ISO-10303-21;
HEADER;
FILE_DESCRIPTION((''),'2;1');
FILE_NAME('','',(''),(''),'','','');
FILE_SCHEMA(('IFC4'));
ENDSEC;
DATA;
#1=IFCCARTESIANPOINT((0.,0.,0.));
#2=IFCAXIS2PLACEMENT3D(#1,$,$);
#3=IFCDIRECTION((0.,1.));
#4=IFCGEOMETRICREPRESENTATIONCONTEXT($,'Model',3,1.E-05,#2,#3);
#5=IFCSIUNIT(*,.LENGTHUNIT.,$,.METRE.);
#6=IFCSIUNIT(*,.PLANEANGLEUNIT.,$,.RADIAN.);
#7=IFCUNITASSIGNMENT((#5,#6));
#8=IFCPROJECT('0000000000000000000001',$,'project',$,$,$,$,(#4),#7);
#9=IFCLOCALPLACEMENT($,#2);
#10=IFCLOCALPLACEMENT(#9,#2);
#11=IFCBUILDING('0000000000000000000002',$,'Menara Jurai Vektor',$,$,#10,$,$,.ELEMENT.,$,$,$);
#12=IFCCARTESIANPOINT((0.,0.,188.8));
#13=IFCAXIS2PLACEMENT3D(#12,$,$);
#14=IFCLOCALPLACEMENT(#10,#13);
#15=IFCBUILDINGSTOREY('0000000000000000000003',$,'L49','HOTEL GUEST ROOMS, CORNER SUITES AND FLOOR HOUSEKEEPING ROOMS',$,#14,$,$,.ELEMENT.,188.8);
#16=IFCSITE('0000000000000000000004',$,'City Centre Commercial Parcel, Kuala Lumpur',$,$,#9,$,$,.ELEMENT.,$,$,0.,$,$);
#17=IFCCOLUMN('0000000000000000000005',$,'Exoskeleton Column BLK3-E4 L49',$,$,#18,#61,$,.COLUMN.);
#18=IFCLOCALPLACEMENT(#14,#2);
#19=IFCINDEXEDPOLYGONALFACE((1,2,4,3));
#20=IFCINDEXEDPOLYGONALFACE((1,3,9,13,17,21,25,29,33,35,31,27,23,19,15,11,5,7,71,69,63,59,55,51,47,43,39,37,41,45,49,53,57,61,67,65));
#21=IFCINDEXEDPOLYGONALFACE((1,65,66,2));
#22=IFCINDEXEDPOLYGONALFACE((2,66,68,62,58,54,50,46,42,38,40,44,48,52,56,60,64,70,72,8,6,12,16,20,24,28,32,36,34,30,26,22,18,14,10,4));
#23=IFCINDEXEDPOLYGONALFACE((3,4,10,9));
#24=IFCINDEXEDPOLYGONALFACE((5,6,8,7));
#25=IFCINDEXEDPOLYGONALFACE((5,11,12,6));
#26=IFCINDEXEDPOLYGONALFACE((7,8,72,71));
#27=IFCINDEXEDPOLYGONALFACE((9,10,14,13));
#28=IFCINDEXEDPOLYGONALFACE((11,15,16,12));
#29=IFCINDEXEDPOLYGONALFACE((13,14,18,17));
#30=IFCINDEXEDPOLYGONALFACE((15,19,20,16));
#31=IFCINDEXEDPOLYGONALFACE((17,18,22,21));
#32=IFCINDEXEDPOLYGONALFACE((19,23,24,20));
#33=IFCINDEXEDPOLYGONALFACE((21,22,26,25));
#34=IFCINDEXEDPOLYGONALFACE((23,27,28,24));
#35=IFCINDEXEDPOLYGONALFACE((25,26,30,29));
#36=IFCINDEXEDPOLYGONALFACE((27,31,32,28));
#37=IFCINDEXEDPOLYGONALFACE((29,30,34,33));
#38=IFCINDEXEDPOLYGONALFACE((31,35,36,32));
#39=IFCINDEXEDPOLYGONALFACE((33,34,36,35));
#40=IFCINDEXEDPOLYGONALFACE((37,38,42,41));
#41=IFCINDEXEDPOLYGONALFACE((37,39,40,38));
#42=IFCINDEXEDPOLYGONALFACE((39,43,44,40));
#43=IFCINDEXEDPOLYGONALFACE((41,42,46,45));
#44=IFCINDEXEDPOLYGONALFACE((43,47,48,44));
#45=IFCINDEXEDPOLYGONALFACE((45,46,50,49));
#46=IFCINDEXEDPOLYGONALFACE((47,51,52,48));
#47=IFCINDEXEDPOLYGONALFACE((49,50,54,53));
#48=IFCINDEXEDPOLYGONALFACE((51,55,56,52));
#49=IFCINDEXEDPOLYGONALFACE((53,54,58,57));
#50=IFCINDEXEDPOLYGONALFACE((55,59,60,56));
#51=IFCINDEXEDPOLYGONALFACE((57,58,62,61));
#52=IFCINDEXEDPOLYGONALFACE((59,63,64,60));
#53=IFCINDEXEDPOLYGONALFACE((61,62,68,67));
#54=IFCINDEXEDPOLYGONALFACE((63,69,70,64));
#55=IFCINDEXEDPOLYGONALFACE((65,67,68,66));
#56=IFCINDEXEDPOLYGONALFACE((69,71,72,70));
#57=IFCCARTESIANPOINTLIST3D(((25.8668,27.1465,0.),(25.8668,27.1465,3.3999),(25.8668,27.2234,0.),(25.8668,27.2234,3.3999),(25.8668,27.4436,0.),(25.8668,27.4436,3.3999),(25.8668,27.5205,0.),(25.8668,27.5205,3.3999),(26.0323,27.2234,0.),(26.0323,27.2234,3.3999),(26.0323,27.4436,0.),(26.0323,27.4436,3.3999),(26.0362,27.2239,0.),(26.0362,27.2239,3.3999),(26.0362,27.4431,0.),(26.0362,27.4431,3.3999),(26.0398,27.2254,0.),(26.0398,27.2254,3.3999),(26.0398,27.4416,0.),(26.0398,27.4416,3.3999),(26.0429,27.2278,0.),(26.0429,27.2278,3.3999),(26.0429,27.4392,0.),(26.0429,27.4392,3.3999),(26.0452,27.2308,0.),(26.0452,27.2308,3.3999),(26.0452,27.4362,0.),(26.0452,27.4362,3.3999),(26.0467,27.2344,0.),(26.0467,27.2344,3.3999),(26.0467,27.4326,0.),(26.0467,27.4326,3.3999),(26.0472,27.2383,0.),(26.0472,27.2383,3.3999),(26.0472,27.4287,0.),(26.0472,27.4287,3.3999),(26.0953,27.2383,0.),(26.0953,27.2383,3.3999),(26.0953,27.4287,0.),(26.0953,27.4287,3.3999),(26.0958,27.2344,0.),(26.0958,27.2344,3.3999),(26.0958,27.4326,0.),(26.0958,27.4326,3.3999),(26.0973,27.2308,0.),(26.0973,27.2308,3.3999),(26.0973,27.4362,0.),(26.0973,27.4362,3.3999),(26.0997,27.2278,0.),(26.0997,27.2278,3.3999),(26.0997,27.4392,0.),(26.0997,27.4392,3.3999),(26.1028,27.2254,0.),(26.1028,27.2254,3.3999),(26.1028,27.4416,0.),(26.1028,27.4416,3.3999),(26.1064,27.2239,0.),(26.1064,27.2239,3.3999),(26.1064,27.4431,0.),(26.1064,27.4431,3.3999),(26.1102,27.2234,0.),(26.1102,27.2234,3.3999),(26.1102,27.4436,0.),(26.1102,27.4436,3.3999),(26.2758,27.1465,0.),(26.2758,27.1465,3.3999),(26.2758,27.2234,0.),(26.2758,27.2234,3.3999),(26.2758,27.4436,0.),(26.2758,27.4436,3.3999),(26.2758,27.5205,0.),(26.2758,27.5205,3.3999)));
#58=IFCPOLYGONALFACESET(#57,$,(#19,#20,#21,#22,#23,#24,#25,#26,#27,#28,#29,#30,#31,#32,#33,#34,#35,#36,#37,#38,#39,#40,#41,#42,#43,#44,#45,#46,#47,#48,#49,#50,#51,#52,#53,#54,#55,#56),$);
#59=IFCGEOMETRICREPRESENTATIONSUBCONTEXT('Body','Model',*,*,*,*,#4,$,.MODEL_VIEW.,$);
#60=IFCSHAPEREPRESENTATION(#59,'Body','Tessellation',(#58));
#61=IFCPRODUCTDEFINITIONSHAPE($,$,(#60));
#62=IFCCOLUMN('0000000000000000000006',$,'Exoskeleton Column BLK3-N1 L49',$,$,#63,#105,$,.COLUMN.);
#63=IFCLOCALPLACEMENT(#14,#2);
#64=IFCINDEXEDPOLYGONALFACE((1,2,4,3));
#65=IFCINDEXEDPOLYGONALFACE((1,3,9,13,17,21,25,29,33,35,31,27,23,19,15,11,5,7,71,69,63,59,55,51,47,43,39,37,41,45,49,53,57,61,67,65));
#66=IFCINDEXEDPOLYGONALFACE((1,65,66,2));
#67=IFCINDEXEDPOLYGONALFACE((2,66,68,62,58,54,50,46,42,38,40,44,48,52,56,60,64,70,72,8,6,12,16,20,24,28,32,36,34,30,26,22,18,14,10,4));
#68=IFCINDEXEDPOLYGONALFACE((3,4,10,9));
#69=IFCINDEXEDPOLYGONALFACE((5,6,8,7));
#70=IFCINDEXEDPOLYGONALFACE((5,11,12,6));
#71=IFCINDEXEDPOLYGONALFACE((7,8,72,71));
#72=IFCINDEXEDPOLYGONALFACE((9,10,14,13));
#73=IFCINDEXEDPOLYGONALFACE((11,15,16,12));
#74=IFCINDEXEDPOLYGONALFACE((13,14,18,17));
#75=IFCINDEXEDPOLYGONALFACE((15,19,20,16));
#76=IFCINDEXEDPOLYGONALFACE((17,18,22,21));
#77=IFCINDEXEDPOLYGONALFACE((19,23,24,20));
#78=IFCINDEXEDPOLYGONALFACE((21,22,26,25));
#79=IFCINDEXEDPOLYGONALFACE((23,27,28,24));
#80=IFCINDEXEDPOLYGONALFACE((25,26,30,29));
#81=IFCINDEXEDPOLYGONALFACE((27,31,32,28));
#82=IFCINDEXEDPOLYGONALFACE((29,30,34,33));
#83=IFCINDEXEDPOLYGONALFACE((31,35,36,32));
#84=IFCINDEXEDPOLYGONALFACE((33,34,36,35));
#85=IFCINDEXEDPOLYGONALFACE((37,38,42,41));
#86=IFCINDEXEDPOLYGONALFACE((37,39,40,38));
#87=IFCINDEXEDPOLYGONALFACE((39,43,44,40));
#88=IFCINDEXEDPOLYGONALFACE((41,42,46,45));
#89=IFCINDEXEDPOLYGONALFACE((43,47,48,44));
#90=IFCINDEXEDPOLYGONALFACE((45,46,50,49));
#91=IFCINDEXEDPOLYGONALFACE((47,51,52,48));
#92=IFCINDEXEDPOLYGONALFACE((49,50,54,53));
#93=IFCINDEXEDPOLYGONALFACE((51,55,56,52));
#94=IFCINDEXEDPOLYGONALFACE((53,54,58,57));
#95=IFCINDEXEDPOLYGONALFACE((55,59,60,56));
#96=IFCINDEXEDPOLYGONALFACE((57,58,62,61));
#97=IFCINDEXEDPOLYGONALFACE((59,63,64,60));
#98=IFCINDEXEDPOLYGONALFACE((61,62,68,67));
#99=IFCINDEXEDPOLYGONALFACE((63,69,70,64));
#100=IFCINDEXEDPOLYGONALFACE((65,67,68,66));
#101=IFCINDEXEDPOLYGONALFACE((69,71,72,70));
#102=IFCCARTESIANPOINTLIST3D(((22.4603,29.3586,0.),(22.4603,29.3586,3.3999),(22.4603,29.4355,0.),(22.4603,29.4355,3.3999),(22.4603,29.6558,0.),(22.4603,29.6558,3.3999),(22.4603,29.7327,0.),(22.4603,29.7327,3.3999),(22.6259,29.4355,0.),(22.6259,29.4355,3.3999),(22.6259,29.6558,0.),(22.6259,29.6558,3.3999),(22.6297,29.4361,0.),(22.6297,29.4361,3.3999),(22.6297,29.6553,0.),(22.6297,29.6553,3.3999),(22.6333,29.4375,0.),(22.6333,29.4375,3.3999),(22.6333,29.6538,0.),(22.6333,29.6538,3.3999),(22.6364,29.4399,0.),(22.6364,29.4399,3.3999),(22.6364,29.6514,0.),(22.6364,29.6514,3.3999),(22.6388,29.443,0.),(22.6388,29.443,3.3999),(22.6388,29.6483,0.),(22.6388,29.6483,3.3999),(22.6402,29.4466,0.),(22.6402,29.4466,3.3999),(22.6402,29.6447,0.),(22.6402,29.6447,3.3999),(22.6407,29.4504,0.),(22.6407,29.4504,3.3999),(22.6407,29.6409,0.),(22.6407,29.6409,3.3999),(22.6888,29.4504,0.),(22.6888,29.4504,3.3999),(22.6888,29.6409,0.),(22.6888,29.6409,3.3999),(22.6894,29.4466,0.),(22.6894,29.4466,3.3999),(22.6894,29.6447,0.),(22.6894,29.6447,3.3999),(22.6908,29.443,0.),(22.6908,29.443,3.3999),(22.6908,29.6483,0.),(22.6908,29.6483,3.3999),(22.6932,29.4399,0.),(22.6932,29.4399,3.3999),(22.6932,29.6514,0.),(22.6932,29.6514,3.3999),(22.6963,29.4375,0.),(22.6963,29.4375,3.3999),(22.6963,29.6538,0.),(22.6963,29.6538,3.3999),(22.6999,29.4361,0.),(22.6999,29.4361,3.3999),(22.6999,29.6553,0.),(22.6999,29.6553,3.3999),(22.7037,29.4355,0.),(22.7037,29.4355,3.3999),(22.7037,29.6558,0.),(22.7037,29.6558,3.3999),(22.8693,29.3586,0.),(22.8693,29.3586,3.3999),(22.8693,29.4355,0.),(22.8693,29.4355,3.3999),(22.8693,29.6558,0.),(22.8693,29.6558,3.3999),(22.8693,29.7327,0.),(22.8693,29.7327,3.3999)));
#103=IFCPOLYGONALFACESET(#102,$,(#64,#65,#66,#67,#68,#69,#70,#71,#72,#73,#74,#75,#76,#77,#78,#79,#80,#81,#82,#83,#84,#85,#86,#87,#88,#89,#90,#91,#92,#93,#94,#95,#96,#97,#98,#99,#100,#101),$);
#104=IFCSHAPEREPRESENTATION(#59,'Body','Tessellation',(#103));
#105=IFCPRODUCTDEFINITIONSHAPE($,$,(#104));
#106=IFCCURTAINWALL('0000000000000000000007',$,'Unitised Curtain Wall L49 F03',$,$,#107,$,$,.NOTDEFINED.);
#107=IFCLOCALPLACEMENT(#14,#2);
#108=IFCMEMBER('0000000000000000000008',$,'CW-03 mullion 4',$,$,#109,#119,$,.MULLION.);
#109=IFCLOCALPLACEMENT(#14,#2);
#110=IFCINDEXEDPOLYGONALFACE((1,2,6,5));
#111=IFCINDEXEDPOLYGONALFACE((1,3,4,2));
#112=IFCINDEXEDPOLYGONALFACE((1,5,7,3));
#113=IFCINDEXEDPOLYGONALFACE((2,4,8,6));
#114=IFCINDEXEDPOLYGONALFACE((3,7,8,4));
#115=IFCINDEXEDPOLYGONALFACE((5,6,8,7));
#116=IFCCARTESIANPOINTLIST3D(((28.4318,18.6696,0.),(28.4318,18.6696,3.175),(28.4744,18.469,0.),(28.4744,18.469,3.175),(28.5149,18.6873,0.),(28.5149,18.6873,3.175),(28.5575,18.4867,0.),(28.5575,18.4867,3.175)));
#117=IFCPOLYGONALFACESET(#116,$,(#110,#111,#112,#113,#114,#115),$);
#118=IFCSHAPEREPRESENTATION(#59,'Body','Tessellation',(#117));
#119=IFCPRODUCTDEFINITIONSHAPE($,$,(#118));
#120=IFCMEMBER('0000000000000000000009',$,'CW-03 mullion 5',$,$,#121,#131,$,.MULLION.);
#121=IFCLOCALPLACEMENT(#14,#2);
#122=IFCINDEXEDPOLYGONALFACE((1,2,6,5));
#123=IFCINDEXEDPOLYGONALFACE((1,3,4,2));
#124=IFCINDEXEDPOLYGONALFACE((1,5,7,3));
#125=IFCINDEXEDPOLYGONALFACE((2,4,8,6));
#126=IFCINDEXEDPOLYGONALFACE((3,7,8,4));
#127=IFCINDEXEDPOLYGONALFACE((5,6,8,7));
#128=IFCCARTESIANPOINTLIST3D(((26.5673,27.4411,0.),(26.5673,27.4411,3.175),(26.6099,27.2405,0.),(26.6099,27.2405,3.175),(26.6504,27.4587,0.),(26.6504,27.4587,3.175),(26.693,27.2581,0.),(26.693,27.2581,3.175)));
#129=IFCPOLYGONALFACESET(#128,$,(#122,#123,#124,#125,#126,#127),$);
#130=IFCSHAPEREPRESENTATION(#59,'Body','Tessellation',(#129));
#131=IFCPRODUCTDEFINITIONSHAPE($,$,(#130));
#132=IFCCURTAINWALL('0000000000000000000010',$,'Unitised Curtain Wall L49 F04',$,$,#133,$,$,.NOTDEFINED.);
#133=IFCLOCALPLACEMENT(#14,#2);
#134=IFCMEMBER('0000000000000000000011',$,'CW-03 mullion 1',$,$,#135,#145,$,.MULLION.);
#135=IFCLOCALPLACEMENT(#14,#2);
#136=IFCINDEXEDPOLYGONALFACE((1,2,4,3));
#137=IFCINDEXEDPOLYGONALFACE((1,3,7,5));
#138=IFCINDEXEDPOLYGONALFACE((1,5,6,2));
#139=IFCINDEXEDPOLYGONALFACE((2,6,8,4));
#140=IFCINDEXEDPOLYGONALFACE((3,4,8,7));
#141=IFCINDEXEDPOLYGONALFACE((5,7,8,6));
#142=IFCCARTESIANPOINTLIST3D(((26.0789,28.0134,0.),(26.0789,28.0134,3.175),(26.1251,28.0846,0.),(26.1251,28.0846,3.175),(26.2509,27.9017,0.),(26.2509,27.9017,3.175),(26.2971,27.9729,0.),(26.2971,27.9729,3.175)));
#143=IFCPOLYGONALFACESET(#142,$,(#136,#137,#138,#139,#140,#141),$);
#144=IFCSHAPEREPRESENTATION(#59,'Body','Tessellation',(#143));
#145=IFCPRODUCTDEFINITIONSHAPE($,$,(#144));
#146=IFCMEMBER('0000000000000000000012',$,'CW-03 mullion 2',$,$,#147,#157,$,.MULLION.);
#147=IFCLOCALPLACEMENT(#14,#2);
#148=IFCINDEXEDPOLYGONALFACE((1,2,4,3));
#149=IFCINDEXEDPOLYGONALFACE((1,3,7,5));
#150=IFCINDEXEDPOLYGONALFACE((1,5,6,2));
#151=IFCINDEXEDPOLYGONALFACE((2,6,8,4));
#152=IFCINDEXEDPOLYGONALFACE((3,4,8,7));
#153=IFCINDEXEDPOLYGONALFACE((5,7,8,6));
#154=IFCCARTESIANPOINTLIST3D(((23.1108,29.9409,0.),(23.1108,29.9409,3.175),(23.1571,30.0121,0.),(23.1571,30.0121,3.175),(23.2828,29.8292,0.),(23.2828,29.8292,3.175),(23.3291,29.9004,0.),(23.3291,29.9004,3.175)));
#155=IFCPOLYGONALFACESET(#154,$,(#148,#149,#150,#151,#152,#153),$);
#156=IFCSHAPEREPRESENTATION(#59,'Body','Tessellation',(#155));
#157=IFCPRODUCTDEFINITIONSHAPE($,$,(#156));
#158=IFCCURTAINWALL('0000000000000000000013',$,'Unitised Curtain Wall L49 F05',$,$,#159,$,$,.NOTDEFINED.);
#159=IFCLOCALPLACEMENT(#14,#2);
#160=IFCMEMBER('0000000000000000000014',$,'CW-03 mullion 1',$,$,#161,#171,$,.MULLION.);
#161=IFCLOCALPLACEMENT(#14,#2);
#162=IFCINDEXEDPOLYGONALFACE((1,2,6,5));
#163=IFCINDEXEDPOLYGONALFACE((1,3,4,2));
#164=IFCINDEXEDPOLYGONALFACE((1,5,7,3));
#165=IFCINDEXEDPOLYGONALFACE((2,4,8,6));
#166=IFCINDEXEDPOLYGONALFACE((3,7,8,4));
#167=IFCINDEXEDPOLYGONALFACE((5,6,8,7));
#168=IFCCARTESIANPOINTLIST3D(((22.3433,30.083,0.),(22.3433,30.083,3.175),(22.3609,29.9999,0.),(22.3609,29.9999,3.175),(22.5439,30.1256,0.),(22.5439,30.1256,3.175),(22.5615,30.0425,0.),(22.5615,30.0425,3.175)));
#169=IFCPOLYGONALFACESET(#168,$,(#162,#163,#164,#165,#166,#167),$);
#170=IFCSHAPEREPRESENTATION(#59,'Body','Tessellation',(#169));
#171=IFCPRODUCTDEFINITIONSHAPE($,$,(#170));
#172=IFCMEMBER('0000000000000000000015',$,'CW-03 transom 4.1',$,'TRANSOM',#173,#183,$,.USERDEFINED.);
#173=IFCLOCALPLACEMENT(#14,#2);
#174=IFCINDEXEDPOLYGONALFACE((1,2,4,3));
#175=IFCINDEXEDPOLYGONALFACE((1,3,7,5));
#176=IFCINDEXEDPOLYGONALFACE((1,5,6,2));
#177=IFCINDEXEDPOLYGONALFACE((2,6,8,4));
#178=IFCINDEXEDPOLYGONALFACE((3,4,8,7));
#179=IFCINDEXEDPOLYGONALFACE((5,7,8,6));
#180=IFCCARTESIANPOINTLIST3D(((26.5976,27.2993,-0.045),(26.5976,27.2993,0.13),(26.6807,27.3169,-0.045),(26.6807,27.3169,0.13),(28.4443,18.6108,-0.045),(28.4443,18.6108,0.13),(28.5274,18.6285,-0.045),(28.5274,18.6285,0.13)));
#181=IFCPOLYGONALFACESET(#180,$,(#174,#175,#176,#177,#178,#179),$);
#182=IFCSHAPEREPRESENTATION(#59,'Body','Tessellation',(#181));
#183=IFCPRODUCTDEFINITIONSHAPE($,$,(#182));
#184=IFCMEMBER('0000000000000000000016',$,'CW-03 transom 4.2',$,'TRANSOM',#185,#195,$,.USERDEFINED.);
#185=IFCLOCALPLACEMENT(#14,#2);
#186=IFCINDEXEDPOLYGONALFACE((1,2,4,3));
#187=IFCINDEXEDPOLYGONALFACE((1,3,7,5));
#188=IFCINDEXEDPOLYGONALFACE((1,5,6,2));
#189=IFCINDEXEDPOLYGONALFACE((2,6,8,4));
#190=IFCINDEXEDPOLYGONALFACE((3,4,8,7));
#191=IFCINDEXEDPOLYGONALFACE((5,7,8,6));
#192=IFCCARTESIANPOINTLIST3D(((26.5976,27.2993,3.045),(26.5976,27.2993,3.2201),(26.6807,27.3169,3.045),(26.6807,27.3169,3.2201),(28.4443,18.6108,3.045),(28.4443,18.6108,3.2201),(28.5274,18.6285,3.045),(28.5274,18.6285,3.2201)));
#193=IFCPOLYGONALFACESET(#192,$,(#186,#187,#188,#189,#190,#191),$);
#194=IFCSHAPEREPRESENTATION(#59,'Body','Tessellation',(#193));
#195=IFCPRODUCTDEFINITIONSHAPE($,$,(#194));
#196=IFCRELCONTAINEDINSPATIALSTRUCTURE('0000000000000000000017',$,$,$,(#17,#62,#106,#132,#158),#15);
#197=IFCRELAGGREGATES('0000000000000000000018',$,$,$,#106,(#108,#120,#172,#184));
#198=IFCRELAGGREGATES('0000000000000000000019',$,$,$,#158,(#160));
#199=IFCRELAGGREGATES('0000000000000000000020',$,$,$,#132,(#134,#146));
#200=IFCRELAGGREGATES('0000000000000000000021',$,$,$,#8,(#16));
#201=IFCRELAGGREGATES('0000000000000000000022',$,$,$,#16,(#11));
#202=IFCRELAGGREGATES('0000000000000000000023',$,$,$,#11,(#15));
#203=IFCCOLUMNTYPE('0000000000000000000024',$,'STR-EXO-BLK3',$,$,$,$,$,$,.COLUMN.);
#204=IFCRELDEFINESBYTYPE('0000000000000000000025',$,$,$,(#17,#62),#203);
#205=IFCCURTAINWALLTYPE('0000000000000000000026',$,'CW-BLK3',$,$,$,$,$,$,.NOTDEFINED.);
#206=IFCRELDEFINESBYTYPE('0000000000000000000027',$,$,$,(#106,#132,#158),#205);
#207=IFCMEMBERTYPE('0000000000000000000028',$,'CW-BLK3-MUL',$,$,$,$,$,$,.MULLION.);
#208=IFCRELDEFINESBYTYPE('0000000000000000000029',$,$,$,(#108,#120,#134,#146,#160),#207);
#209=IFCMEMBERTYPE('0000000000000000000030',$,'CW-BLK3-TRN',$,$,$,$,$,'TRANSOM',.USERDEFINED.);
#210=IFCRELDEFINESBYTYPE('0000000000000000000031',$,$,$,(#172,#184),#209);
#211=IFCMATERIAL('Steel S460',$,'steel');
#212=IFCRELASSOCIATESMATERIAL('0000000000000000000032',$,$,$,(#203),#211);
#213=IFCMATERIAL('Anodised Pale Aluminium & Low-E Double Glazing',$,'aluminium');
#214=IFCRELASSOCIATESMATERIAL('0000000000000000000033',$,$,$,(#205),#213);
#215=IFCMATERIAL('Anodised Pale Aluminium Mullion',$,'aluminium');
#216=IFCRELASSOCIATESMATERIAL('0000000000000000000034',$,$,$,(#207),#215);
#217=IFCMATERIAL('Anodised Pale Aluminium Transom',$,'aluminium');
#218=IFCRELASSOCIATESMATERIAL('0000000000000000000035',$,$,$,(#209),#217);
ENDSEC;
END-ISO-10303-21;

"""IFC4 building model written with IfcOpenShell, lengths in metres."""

from ifc_helpers import new_model, si_unit, direction, frame, origin, origin_2d, place, context, subcontext, project, spatial, rectangle, i_section, extrude, material, material_profile, profile_set, type_object, element, aggregate, save


model = new_model("IFC4")

# Units and contexts
model_context = context("Model", 3, precision=1e-05, world=origin(), true_north=direction((0.0, 1.0)))
body_context = subcontext(model_context, "Body", "Model", "MODEL_VIEW")
ifc_project = project(units=[si_unit("LENGTHUNIT", "METRE"), si_unit("PLANEANGLEUNIT", "RADIAN")], contexts=[model_context])

# Site, building, storey
site_placement = place(None, origin())
site = spatial("IfcSite", under=ifc_project, at=site_placement, Name="City Centre Commercial Parcel, Kuala Lumpur", CompositionType="ELEMENT", RefElevation=0.0)
building_placement = place(site_placement, origin())
building = spatial("IfcBuilding", under=site, at=building_placement, Name="Menara Jurai Vektor", CompositionType="ELEMENT")
storey_placement = place(building_placement, frame((0.0, 0.0, 188.8)))
storey = spatial("IfcBuildingStorey", under=building, at=storey_placement, Name="L49", Description="HOTEL GUEST ROOMS, CORNER SUITES AND FLOOR HOUSEKEEPING ROOMS", CompositionType="ELEMENT", Elevation=188.8)

# Columns
ifc_material_1 = material(Name="Steel S460", Category="steel")
ifc_material_profile_1 = material_profile(ifc_material_1, i_section(OverallWidth=0.4089, OverallDepth=0.374, WebThickness=0.0481, FlangeThickness=0.0769, FilletRadius=0.0149, at=origin_2d()), Name="HD 400x634")
ifc_profile_set_1 = profile_set([ifc_material_profile_1], Name="Steel S460")
column_type = type_object("IfcColumnType", Name="STR-EXO-BLK3", PredefinedType="COLUMN", material=ifc_profile_set_1)
for number, where, z_axis, x_axis, name in (
    (1, (26.0713, 27.3335, 0.0), (0.0, 0.0, 1.0), (1.0, 0.0, 0.0), "Exoskeleton Column BLK3-E4 L49"),
    (2, (22.6648, 29.5457, 0.0), (0.0, 0.0, 1.0), (1.0, 0.0, 0.0), "Exoskeleton Column BLK3-N1 L49"),
):
    element("IfcColumn", number, at=place(storey_placement, frame(where, z_axis=z_axis, x_axis=x_axis)), inside=storey, type_object=column_type, Name=name, PredefinedType="COLUMN", context=body_context, shape_type="SweptSolid", body=[
        extrude(i_section(OverallWidth=0.4089, OverallDepth=0.374, WebThickness=0.0481, FlangeThickness=0.0769, FilletRadius=0.0149, at=origin_2d()), origin(), (0.0, 0.0, 1.0), 3.3999),
    ])

# Curtain walls, members
ifc_material_2 = material(Name="Anodised Pale Aluminium & Low-E Double Glazing", Category="aluminium")
curtain_wall_type = type_object("IfcCurtainWallType", Name="CW-BLK3", PredefinedType="NOTDEFINED", material=ifc_material_2)
curtain_wall_1_placement = place(storey_placement, origin())
curtain_wall_1 = element("IfcCurtainWall", 3, at=curtain_wall_1_placement, inside=storey, type_object=curtain_wall_type, Name="Unitised Curtain Wall L49 F03", PredefinedType="NOTDEFINED")
ifc_material_3 = material(Name="Anodised Pale Aluminium Mullion", Category="aluminium")
ifc_material_profile_2 = material_profile(ifc_material_3, rectangle(XDim=0.085, YDim=0.2051, at=origin_2d()), Name="ALU MUL 85x205")
ifc_profile_set_2 = profile_set([ifc_material_profile_2], Name="Anodised Pale Aluminium Mullion")
member_type_1 = type_object("IfcMemberType", Name="CW-BLK3-MUL", PredefinedType="MULLION", material=ifc_profile_set_2)
member_1_placement = place(storey_placement, frame((28.4946, 18.5781, 0.0), z_axis=(0.0, 0.0, 1.0), x_axis=(-0.978148, -0.20791, 0.0)))
member_1 = element("IfcMember", 4, at=member_1_placement, type_object=member_type_1, Name="CW-03 mullion 4", PredefinedType="MULLION", context=body_context, shape_type="SweptSolid", body=[
    extrude(rectangle(XDim=0.085, YDim=0.2051, at=origin_2d()), origin(), (0.0, 0.0, 1.0), 3.175),
])
member_2_placement = place(storey_placement, frame((26.6301, 27.3496, 0.0), z_axis=(0.0, 0.0, 1.0), x_axis=(-0.978148, -0.20791, 0.0)))
member_2 = element("IfcMember", 5, at=member_2_placement, type_object=member_type_1, Name="CW-03 mullion 5", PredefinedType="MULLION", context=body_context, shape_type="SweptSolid", body=[
    extrude(rectangle(XDim=0.085, YDim=0.2051, at=origin_2d()), origin(), (0.0, 0.0, 1.0), 3.175),
])
curtain_wall_2_placement = place(storey_placement, origin())
curtain_wall_2 = element("IfcCurtainWall", 6, at=curtain_wall_2_placement, inside=storey, type_object=curtain_wall_type, Name="Unitised Curtain Wall L49 F04", PredefinedType="NOTDEFINED")
member_3_placement = place(storey_placement, frame((26.188, 27.9932, 0.0), z_axis=(0.0, 0.0, 1.0), x_axis=(-0.544618, -0.838684, 0.0)))
member_3 = element("IfcMember", 7, at=member_3_placement, type_object=member_type_1, Name="CW-03 mullion 1", PredefinedType="MULLION", context=body_context, shape_type="SweptSolid", body=[
    extrude(rectangle(XDim=0.085, YDim=0.2051, at=origin_2d()), origin(), (0.0, 0.0, 1.0), 3.175),
])
member_4_placement = place(storey_placement, frame((23.22, 29.9207, 0.0), z_axis=(0.0, 0.0, 1.0), x_axis=(-0.544618, -0.838684, 0.0)))
member_4 = element("IfcMember", 8, at=member_4_placement, type_object=member_type_1, Name="CW-03 mullion 2", PredefinedType="MULLION", context=body_context, shape_type="SweptSolid", body=[
    extrude(rectangle(XDim=0.085, YDim=0.2051, at=origin_2d()), origin(), (0.0, 0.0, 1.0), 3.175),
])

# Curtain wall, member
curtain_wall_3_placement = place(storey_placement, origin())
curtain_wall_3 = element("IfcCurtainWall", 9, at=curtain_wall_3_placement, inside=storey, type_object=curtain_wall_type, Name="Unitised Curtain Wall L49 F05", PredefinedType="NOTDEFINED")
member_5_placement = place(storey_placement, frame((22.4524, 30.0627, 0.0), z_axis=(0.0, 0.0, 1.0), x_axis=(0.207911, -0.978148, 0.0)))
member_5 = element("IfcMember", 10, at=member_5_placement, type_object=member_type_1, Name="CW-03 mullion 1", PredefinedType="MULLION", context=body_context, shape_type="SweptSolid", body=[
    extrude(rectangle(XDim=0.085, YDim=0.2051, at=origin_2d()), origin(), (0.0, 0.0, 1.0), 3.175),
])

# Members
ifc_material_4 = material(Name="Anodised Pale Aluminium Transom", Category="aluminium")
ifc_material_profile_3 = material_profile(ifc_material_4, rectangle(XDim=0.085, YDim=0.175, at=origin_2d()), Name="ALU TRN 85x175")
ifc_profile_set_3 = profile_set([ifc_material_profile_3], Name="Anodised Pale Aluminium Transom")
member_type_2 = type_object("IfcMemberType", Name="CW-BLK3-TRN", ElementType="TRANSOM", PredefinedType="USERDEFINED", material=ifc_profile_set_3)
member_6_placement = place(storey_placement, frame((28.4858, 18.6196, 0.0425), z_axis=(-0.2079, 0.97815, 0.0), x_axis=(-0.97815, -0.2079, 0.0)))
member_6 = element("IfcMember", 11, at=member_6_placement, type_object=member_type_2, Name="CW-03 transom 4.1", ObjectType="TRANSOM", PredefinedType="USERDEFINED", context=body_context, shape_type="SweptSolid", body=[
    extrude(rectangle(XDim=0.085, YDim=0.175, at=origin_2d()), origin(), (0.0, 0.0, 1.0), 8.8826),
])
member_7_placement = place(storey_placement, frame((28.4858, 18.6196, 3.1326), z_axis=(-0.2079, 0.97815, 0.0), x_axis=(-0.97815, -0.2079, 0.0)))
member_7 = element("IfcMember", 12, at=member_7_placement, type_object=member_type_2, Name="CW-03 transom 4.2", ObjectType="TRANSOM", PredefinedType="USERDEFINED", context=body_context, shape_type="SweptSolid", body=[
    extrude(rectangle(XDim=0.085, YDim=0.175, at=origin_2d()), origin(), (0.0, 0.0, 1.0), 8.8826),
])

aggregate(curtain_wall_1, [member_1, member_2, member_6, member_7])
aggregate(curtain_wall_3, [member_5])
aggregate(curtain_wall_2, [member_3, member_4])

save(model, "model.ifc")
